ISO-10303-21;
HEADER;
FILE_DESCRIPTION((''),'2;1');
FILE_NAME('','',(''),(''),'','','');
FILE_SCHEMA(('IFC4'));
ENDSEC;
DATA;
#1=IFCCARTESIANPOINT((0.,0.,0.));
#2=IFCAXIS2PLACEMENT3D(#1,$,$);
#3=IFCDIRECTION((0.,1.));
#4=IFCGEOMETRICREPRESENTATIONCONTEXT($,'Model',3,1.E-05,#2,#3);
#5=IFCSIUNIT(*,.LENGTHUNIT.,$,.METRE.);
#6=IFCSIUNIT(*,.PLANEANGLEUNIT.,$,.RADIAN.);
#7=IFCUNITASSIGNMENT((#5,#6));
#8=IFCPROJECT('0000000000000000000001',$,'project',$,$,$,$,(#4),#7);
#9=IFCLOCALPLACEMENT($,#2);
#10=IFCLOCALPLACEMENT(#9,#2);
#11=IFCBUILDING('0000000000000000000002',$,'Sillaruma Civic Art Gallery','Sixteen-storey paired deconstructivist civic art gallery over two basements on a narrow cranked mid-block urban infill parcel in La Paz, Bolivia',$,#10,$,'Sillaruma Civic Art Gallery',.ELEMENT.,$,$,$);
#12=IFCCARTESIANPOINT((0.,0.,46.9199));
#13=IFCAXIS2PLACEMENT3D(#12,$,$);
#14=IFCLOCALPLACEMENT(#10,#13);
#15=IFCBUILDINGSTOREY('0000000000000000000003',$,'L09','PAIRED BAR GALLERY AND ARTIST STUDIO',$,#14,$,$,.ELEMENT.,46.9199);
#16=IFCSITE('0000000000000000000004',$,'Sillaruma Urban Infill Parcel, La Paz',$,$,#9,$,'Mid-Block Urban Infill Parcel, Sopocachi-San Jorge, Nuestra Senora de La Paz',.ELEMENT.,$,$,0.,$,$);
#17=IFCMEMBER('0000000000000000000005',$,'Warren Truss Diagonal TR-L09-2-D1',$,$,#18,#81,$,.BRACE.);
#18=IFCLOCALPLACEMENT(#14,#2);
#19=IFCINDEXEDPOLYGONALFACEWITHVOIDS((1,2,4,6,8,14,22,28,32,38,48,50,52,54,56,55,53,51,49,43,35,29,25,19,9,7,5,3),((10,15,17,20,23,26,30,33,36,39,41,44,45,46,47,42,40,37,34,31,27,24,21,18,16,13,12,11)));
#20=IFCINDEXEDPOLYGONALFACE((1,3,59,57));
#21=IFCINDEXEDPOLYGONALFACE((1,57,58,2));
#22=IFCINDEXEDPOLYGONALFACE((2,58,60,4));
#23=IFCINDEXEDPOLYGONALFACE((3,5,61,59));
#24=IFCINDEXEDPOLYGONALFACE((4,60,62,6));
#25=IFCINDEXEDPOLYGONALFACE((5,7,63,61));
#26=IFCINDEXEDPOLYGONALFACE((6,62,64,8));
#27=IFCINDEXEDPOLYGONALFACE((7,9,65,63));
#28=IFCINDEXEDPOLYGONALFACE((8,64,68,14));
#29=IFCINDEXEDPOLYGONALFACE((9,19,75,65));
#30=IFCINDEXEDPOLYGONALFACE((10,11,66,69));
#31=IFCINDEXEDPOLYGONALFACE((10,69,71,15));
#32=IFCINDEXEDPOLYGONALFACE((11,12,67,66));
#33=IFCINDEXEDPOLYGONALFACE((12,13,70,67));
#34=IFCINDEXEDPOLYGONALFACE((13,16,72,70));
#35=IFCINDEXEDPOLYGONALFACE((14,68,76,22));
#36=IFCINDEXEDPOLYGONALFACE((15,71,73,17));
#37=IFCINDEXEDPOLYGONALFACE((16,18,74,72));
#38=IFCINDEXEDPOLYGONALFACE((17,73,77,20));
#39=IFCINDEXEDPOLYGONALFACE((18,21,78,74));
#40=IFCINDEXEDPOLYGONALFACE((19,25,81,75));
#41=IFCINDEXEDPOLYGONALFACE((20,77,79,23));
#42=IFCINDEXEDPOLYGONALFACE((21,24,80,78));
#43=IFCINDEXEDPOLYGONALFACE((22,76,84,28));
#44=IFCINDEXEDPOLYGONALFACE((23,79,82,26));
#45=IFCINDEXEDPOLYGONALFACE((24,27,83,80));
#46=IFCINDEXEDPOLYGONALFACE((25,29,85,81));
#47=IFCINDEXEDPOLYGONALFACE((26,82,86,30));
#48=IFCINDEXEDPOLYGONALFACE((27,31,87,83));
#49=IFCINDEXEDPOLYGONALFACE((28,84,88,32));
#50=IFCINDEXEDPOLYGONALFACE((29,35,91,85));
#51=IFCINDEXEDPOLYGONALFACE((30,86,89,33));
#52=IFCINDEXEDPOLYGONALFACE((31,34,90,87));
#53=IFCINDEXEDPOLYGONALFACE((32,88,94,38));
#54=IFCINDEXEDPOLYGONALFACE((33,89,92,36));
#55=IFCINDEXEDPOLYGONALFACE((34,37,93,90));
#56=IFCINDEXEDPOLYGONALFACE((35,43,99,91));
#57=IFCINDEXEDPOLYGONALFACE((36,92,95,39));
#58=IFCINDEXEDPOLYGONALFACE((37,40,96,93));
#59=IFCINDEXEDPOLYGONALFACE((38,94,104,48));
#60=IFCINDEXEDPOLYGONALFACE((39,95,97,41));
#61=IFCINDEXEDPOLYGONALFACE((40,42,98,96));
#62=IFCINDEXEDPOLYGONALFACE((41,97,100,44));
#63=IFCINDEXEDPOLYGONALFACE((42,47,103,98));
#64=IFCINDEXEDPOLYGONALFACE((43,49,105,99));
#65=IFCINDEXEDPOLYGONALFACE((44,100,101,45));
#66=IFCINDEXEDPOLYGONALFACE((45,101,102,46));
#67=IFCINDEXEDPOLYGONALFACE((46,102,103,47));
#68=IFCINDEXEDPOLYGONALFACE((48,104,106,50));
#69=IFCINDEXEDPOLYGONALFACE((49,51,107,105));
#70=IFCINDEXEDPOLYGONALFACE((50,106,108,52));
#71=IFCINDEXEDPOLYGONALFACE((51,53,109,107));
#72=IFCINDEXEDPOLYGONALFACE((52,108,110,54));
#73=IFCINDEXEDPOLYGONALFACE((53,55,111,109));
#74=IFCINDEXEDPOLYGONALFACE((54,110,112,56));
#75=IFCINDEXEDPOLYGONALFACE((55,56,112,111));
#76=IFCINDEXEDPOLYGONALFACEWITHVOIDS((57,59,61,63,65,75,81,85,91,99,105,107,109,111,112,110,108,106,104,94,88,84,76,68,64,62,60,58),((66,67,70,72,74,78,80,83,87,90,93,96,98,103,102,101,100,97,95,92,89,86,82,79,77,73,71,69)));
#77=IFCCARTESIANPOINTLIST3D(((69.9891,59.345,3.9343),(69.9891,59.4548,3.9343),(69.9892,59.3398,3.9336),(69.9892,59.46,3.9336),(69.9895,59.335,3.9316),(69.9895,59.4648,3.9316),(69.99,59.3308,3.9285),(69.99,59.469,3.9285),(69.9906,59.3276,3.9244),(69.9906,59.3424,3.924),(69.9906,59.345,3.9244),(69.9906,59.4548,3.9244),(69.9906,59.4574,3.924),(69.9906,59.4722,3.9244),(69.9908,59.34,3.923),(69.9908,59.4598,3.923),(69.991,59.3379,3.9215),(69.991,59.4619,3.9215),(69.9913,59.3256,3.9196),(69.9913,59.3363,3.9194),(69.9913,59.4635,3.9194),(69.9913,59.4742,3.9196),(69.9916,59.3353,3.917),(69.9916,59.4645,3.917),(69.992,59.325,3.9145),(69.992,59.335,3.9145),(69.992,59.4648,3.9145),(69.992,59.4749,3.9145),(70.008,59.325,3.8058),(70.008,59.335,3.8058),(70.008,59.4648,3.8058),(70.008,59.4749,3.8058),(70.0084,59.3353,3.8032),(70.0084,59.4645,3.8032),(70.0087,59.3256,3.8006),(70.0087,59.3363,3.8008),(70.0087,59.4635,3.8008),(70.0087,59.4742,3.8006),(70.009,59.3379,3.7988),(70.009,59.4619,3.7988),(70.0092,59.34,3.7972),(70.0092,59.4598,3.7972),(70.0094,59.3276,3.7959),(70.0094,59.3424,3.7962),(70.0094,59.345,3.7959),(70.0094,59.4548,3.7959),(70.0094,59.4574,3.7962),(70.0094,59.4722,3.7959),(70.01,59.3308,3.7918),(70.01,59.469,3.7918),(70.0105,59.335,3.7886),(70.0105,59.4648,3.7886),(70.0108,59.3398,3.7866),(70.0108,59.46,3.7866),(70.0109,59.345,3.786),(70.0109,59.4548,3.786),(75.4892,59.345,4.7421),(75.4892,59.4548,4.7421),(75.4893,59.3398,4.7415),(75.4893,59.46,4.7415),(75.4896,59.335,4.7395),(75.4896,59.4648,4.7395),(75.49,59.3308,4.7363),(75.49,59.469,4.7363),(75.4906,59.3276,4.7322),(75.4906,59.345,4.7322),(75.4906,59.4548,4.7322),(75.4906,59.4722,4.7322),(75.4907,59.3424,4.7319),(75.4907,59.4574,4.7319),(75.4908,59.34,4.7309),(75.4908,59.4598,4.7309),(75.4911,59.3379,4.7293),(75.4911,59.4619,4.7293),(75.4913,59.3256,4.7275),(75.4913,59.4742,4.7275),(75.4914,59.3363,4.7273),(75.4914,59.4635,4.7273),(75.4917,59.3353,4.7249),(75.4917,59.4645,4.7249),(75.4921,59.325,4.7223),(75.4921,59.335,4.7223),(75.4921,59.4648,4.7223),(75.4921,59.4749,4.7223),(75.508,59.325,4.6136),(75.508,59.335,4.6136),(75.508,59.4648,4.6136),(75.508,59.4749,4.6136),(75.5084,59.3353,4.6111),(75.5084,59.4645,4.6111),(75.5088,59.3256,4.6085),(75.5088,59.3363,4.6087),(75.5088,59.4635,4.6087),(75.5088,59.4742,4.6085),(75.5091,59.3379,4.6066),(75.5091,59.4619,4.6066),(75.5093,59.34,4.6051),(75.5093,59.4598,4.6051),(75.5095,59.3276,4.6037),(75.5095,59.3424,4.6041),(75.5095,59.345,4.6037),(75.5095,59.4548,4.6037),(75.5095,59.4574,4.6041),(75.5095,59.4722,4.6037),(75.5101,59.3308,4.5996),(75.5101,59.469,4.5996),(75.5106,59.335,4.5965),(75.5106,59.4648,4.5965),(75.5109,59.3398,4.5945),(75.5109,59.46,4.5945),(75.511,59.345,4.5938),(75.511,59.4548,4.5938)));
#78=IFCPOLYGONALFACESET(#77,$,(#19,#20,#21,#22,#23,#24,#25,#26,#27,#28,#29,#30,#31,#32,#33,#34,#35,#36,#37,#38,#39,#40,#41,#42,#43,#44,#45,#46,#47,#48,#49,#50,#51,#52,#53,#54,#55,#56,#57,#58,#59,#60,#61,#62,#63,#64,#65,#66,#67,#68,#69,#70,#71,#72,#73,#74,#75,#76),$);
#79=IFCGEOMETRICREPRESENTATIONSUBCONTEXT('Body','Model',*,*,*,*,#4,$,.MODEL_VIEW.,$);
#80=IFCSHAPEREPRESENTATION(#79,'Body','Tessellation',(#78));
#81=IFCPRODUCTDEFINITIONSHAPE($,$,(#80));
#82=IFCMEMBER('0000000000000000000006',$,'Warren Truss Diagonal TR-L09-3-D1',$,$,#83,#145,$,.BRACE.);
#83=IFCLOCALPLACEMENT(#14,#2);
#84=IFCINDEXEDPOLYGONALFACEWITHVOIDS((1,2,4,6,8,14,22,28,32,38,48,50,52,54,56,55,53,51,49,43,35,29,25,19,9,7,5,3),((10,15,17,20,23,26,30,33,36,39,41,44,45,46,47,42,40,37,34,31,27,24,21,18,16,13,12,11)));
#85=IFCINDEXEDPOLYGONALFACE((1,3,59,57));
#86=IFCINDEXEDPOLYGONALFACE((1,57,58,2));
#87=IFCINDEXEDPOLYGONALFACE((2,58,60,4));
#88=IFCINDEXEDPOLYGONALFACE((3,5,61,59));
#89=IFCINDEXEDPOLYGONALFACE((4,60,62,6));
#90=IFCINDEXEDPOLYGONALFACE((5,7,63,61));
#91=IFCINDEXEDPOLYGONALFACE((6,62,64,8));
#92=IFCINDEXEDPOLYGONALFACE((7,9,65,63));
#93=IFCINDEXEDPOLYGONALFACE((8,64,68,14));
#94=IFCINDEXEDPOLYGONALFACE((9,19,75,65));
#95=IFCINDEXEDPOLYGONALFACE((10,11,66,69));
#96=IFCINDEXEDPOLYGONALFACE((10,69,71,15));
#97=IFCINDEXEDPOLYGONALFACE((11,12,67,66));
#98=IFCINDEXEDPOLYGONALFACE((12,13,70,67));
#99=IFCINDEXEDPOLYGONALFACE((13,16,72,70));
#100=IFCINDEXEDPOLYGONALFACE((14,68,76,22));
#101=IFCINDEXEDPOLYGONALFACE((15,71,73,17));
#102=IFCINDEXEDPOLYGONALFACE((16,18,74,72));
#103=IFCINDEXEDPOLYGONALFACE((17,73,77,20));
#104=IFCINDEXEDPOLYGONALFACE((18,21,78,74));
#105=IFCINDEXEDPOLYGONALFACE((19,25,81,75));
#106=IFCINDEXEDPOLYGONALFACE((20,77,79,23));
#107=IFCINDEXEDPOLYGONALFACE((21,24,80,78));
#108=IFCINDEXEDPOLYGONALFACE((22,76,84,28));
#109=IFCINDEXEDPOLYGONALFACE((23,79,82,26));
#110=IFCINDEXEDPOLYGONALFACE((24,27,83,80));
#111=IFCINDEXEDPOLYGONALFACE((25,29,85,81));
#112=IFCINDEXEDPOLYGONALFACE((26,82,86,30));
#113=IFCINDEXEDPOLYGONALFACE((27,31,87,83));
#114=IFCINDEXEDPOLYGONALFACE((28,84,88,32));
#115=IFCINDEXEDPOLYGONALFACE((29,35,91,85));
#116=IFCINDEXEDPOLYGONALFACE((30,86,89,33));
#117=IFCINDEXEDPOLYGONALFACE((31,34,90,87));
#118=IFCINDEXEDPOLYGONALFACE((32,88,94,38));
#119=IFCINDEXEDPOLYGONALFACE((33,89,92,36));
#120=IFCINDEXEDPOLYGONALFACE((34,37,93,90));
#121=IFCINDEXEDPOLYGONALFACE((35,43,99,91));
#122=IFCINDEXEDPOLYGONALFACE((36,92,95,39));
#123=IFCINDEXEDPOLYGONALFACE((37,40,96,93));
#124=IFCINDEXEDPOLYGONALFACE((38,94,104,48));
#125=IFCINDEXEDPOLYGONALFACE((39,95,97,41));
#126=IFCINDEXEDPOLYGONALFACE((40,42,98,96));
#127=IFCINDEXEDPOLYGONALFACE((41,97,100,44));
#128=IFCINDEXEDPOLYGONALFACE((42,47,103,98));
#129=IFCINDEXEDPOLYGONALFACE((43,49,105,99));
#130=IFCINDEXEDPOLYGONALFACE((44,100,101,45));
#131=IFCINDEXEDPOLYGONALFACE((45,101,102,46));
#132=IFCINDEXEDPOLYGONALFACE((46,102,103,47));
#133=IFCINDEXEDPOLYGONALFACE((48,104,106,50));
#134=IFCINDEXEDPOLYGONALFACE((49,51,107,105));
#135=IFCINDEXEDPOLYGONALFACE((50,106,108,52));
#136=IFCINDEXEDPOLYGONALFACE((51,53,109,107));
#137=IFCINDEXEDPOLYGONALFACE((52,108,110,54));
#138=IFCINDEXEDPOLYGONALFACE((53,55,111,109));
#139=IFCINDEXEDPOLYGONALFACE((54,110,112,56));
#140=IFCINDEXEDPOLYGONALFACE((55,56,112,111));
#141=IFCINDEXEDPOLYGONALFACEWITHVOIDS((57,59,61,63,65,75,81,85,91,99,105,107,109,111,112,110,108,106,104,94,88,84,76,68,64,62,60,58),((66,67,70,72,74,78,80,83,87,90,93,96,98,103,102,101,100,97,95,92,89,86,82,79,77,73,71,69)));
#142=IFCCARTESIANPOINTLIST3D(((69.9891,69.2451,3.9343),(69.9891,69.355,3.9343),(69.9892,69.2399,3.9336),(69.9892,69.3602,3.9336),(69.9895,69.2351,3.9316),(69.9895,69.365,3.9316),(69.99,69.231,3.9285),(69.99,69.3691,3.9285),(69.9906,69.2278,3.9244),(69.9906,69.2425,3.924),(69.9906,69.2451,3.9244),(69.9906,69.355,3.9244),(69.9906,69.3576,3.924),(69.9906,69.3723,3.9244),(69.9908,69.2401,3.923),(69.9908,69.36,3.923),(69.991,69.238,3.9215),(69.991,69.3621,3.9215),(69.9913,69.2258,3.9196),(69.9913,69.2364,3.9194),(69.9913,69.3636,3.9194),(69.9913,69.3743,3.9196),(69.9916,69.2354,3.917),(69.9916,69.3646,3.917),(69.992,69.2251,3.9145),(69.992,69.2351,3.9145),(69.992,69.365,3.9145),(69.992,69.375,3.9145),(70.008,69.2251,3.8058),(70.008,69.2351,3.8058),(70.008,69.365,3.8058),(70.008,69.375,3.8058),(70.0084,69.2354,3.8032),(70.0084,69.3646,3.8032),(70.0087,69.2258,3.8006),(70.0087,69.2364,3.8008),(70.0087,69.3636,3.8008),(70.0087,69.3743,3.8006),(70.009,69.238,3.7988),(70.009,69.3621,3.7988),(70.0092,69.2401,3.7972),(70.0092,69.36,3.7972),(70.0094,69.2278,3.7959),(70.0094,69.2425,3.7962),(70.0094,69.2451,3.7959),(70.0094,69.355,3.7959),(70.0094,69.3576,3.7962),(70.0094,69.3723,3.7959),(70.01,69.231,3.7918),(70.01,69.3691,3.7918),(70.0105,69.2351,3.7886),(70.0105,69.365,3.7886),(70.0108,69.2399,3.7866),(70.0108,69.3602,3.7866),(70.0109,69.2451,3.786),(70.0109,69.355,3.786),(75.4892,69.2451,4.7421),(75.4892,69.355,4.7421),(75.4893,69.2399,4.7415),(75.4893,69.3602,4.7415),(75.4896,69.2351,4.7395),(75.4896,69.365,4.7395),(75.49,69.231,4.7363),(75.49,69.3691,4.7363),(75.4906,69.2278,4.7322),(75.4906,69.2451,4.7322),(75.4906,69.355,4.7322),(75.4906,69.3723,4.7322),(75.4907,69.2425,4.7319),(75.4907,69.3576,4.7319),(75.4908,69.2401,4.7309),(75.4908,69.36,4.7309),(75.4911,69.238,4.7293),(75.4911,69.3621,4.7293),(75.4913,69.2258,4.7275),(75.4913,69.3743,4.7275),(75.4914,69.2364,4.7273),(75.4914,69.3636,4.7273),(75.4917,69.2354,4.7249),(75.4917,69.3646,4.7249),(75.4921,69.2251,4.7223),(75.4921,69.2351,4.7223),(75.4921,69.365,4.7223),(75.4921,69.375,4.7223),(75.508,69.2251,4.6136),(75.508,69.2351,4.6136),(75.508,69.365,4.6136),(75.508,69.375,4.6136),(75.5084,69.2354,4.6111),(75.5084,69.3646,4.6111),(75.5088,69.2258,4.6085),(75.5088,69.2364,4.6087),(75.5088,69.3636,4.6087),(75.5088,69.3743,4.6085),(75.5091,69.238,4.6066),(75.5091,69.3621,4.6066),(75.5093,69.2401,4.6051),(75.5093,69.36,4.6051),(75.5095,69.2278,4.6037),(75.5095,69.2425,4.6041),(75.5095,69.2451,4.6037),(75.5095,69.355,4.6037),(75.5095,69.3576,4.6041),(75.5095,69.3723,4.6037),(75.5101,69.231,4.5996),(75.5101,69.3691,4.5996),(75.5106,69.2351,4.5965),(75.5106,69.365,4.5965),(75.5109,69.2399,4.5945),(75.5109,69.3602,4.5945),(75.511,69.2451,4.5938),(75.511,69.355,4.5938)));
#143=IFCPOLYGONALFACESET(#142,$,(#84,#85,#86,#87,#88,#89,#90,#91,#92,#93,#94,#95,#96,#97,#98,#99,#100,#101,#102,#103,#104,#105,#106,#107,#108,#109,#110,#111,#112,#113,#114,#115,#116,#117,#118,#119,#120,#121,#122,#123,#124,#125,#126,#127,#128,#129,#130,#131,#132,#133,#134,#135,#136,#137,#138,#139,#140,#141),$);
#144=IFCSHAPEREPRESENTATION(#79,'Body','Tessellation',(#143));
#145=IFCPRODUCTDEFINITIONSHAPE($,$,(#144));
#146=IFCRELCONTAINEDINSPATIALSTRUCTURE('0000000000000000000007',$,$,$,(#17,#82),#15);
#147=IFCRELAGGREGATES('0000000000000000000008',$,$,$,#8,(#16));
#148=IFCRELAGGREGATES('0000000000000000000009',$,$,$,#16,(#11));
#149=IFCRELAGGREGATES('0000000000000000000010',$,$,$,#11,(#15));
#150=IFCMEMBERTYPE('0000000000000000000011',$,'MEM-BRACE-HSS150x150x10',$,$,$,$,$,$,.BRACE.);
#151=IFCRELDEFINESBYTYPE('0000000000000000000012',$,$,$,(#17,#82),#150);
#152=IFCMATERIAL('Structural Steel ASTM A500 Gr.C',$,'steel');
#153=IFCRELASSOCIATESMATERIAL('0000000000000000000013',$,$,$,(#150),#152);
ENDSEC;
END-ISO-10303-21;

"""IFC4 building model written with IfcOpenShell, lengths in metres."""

from ifc_helpers import new_model, si_unit, direction, frame, origin, origin_2d, place, context, subcontext, project, spatial, hollow_rectangle, extrude, material, material_profile, profile_set, type_object, element, save


model = new_model("IFC4")

# Units and contexts
model_context = context("Model", 3, precision=1e-05, world=origin(), true_north=direction((0.0, 1.0)))
body_context = subcontext(model_context, "Body", "Model", "MODEL_VIEW")
ifc_project = project(units=[si_unit("LENGTHUNIT", "METRE"), si_unit("PLANEANGLEUNIT", "RADIAN")], contexts=[model_context])

# Site, building, storey
site_placement = place(None, origin())
site = spatial("IfcSite", under=ifc_project, at=site_placement, Name="Sillaruma Urban Infill Parcel, La Paz", LongName="Mid-Block Urban Infill Parcel, Sopocachi-San Jorge, Nuestra Senora de La Paz", CompositionType="ELEMENT", RefElevation=0.0)
building_placement = place(site_placement, origin())
building = spatial("IfcBuilding", under=site, at=building_placement, Name="Sillaruma Civic Art Gallery", Description="Sixteen-storey paired deconstructivist civic art gallery over two basements on a narrow cranked mid-block urban infill parcel in La Paz, Bolivia", LongName="Sillaruma Civic Art Gallery", CompositionType="ELEMENT")
storey_placement = place(building_placement, frame((0.0, 0.0, 46.9199)))
storey = spatial("IfcBuildingStorey", under=building, at=storey_placement, Name="L09", Description="PAIRED BAR GALLERY AND ARTIST STUDIO", CompositionType="ELEMENT", Elevation=46.9199)

# Members
ifc_material_1 = material(Name="Structural Steel ASTM A500 Gr.C", Category="steel")
ifc_material_profile_1 = material_profile(ifc_material_1, hollow_rectangle(XDim=0.1499, YDim=0.1499, WallThickness=0.01, InnerFilletRadius=0.01, OuterFilletRadius=0.02, at=origin_2d()), Name="HSS150x150x10")
ifc_profile_set_1 = profile_set([ifc_material_profile_1], Name="Structural Steel ASTM A500 Gr.C")
member_type_1 = type_object("IfcMemberType", Name="MEM-BRACE-HSS150x150x10", PredefinedType="BRACE", material=ifc_profile_set_1)
for number, where, z_axis, x_axis, name in (
    (1, (70.0, 59.3999, 3.8601), (0.989384, 0.0, 0.145325), (0.0, 1.0, 0.0), "Warren Truss Diagonal TR-L09-2-D1"),
    (2, (70.0, 69.3, 3.8601), (0.989384, 0.0, 0.145325), (0.0, 1.0, 0.0), "Warren Truss Diagonal TR-L09-3-D1"),
):
    element("IfcMember", number, at=place(storey_placement, frame(where, z_axis=z_axis, x_axis=x_axis)), inside=storey, type_object=member_type_1, Name=name, PredefinedType="BRACE", context=body_context, shape_type="SweptSolid", body=[
        extrude(hollow_rectangle(XDim=0.1499, YDim=0.1499, WallThickness=0.01, InnerFilletRadius=0.01, OuterFilletRadius=0.02, at=origin_2d()), origin(), (0.0, 0.0, 1.0), 5.5591),
    ])

save(model, "model.ifc")
